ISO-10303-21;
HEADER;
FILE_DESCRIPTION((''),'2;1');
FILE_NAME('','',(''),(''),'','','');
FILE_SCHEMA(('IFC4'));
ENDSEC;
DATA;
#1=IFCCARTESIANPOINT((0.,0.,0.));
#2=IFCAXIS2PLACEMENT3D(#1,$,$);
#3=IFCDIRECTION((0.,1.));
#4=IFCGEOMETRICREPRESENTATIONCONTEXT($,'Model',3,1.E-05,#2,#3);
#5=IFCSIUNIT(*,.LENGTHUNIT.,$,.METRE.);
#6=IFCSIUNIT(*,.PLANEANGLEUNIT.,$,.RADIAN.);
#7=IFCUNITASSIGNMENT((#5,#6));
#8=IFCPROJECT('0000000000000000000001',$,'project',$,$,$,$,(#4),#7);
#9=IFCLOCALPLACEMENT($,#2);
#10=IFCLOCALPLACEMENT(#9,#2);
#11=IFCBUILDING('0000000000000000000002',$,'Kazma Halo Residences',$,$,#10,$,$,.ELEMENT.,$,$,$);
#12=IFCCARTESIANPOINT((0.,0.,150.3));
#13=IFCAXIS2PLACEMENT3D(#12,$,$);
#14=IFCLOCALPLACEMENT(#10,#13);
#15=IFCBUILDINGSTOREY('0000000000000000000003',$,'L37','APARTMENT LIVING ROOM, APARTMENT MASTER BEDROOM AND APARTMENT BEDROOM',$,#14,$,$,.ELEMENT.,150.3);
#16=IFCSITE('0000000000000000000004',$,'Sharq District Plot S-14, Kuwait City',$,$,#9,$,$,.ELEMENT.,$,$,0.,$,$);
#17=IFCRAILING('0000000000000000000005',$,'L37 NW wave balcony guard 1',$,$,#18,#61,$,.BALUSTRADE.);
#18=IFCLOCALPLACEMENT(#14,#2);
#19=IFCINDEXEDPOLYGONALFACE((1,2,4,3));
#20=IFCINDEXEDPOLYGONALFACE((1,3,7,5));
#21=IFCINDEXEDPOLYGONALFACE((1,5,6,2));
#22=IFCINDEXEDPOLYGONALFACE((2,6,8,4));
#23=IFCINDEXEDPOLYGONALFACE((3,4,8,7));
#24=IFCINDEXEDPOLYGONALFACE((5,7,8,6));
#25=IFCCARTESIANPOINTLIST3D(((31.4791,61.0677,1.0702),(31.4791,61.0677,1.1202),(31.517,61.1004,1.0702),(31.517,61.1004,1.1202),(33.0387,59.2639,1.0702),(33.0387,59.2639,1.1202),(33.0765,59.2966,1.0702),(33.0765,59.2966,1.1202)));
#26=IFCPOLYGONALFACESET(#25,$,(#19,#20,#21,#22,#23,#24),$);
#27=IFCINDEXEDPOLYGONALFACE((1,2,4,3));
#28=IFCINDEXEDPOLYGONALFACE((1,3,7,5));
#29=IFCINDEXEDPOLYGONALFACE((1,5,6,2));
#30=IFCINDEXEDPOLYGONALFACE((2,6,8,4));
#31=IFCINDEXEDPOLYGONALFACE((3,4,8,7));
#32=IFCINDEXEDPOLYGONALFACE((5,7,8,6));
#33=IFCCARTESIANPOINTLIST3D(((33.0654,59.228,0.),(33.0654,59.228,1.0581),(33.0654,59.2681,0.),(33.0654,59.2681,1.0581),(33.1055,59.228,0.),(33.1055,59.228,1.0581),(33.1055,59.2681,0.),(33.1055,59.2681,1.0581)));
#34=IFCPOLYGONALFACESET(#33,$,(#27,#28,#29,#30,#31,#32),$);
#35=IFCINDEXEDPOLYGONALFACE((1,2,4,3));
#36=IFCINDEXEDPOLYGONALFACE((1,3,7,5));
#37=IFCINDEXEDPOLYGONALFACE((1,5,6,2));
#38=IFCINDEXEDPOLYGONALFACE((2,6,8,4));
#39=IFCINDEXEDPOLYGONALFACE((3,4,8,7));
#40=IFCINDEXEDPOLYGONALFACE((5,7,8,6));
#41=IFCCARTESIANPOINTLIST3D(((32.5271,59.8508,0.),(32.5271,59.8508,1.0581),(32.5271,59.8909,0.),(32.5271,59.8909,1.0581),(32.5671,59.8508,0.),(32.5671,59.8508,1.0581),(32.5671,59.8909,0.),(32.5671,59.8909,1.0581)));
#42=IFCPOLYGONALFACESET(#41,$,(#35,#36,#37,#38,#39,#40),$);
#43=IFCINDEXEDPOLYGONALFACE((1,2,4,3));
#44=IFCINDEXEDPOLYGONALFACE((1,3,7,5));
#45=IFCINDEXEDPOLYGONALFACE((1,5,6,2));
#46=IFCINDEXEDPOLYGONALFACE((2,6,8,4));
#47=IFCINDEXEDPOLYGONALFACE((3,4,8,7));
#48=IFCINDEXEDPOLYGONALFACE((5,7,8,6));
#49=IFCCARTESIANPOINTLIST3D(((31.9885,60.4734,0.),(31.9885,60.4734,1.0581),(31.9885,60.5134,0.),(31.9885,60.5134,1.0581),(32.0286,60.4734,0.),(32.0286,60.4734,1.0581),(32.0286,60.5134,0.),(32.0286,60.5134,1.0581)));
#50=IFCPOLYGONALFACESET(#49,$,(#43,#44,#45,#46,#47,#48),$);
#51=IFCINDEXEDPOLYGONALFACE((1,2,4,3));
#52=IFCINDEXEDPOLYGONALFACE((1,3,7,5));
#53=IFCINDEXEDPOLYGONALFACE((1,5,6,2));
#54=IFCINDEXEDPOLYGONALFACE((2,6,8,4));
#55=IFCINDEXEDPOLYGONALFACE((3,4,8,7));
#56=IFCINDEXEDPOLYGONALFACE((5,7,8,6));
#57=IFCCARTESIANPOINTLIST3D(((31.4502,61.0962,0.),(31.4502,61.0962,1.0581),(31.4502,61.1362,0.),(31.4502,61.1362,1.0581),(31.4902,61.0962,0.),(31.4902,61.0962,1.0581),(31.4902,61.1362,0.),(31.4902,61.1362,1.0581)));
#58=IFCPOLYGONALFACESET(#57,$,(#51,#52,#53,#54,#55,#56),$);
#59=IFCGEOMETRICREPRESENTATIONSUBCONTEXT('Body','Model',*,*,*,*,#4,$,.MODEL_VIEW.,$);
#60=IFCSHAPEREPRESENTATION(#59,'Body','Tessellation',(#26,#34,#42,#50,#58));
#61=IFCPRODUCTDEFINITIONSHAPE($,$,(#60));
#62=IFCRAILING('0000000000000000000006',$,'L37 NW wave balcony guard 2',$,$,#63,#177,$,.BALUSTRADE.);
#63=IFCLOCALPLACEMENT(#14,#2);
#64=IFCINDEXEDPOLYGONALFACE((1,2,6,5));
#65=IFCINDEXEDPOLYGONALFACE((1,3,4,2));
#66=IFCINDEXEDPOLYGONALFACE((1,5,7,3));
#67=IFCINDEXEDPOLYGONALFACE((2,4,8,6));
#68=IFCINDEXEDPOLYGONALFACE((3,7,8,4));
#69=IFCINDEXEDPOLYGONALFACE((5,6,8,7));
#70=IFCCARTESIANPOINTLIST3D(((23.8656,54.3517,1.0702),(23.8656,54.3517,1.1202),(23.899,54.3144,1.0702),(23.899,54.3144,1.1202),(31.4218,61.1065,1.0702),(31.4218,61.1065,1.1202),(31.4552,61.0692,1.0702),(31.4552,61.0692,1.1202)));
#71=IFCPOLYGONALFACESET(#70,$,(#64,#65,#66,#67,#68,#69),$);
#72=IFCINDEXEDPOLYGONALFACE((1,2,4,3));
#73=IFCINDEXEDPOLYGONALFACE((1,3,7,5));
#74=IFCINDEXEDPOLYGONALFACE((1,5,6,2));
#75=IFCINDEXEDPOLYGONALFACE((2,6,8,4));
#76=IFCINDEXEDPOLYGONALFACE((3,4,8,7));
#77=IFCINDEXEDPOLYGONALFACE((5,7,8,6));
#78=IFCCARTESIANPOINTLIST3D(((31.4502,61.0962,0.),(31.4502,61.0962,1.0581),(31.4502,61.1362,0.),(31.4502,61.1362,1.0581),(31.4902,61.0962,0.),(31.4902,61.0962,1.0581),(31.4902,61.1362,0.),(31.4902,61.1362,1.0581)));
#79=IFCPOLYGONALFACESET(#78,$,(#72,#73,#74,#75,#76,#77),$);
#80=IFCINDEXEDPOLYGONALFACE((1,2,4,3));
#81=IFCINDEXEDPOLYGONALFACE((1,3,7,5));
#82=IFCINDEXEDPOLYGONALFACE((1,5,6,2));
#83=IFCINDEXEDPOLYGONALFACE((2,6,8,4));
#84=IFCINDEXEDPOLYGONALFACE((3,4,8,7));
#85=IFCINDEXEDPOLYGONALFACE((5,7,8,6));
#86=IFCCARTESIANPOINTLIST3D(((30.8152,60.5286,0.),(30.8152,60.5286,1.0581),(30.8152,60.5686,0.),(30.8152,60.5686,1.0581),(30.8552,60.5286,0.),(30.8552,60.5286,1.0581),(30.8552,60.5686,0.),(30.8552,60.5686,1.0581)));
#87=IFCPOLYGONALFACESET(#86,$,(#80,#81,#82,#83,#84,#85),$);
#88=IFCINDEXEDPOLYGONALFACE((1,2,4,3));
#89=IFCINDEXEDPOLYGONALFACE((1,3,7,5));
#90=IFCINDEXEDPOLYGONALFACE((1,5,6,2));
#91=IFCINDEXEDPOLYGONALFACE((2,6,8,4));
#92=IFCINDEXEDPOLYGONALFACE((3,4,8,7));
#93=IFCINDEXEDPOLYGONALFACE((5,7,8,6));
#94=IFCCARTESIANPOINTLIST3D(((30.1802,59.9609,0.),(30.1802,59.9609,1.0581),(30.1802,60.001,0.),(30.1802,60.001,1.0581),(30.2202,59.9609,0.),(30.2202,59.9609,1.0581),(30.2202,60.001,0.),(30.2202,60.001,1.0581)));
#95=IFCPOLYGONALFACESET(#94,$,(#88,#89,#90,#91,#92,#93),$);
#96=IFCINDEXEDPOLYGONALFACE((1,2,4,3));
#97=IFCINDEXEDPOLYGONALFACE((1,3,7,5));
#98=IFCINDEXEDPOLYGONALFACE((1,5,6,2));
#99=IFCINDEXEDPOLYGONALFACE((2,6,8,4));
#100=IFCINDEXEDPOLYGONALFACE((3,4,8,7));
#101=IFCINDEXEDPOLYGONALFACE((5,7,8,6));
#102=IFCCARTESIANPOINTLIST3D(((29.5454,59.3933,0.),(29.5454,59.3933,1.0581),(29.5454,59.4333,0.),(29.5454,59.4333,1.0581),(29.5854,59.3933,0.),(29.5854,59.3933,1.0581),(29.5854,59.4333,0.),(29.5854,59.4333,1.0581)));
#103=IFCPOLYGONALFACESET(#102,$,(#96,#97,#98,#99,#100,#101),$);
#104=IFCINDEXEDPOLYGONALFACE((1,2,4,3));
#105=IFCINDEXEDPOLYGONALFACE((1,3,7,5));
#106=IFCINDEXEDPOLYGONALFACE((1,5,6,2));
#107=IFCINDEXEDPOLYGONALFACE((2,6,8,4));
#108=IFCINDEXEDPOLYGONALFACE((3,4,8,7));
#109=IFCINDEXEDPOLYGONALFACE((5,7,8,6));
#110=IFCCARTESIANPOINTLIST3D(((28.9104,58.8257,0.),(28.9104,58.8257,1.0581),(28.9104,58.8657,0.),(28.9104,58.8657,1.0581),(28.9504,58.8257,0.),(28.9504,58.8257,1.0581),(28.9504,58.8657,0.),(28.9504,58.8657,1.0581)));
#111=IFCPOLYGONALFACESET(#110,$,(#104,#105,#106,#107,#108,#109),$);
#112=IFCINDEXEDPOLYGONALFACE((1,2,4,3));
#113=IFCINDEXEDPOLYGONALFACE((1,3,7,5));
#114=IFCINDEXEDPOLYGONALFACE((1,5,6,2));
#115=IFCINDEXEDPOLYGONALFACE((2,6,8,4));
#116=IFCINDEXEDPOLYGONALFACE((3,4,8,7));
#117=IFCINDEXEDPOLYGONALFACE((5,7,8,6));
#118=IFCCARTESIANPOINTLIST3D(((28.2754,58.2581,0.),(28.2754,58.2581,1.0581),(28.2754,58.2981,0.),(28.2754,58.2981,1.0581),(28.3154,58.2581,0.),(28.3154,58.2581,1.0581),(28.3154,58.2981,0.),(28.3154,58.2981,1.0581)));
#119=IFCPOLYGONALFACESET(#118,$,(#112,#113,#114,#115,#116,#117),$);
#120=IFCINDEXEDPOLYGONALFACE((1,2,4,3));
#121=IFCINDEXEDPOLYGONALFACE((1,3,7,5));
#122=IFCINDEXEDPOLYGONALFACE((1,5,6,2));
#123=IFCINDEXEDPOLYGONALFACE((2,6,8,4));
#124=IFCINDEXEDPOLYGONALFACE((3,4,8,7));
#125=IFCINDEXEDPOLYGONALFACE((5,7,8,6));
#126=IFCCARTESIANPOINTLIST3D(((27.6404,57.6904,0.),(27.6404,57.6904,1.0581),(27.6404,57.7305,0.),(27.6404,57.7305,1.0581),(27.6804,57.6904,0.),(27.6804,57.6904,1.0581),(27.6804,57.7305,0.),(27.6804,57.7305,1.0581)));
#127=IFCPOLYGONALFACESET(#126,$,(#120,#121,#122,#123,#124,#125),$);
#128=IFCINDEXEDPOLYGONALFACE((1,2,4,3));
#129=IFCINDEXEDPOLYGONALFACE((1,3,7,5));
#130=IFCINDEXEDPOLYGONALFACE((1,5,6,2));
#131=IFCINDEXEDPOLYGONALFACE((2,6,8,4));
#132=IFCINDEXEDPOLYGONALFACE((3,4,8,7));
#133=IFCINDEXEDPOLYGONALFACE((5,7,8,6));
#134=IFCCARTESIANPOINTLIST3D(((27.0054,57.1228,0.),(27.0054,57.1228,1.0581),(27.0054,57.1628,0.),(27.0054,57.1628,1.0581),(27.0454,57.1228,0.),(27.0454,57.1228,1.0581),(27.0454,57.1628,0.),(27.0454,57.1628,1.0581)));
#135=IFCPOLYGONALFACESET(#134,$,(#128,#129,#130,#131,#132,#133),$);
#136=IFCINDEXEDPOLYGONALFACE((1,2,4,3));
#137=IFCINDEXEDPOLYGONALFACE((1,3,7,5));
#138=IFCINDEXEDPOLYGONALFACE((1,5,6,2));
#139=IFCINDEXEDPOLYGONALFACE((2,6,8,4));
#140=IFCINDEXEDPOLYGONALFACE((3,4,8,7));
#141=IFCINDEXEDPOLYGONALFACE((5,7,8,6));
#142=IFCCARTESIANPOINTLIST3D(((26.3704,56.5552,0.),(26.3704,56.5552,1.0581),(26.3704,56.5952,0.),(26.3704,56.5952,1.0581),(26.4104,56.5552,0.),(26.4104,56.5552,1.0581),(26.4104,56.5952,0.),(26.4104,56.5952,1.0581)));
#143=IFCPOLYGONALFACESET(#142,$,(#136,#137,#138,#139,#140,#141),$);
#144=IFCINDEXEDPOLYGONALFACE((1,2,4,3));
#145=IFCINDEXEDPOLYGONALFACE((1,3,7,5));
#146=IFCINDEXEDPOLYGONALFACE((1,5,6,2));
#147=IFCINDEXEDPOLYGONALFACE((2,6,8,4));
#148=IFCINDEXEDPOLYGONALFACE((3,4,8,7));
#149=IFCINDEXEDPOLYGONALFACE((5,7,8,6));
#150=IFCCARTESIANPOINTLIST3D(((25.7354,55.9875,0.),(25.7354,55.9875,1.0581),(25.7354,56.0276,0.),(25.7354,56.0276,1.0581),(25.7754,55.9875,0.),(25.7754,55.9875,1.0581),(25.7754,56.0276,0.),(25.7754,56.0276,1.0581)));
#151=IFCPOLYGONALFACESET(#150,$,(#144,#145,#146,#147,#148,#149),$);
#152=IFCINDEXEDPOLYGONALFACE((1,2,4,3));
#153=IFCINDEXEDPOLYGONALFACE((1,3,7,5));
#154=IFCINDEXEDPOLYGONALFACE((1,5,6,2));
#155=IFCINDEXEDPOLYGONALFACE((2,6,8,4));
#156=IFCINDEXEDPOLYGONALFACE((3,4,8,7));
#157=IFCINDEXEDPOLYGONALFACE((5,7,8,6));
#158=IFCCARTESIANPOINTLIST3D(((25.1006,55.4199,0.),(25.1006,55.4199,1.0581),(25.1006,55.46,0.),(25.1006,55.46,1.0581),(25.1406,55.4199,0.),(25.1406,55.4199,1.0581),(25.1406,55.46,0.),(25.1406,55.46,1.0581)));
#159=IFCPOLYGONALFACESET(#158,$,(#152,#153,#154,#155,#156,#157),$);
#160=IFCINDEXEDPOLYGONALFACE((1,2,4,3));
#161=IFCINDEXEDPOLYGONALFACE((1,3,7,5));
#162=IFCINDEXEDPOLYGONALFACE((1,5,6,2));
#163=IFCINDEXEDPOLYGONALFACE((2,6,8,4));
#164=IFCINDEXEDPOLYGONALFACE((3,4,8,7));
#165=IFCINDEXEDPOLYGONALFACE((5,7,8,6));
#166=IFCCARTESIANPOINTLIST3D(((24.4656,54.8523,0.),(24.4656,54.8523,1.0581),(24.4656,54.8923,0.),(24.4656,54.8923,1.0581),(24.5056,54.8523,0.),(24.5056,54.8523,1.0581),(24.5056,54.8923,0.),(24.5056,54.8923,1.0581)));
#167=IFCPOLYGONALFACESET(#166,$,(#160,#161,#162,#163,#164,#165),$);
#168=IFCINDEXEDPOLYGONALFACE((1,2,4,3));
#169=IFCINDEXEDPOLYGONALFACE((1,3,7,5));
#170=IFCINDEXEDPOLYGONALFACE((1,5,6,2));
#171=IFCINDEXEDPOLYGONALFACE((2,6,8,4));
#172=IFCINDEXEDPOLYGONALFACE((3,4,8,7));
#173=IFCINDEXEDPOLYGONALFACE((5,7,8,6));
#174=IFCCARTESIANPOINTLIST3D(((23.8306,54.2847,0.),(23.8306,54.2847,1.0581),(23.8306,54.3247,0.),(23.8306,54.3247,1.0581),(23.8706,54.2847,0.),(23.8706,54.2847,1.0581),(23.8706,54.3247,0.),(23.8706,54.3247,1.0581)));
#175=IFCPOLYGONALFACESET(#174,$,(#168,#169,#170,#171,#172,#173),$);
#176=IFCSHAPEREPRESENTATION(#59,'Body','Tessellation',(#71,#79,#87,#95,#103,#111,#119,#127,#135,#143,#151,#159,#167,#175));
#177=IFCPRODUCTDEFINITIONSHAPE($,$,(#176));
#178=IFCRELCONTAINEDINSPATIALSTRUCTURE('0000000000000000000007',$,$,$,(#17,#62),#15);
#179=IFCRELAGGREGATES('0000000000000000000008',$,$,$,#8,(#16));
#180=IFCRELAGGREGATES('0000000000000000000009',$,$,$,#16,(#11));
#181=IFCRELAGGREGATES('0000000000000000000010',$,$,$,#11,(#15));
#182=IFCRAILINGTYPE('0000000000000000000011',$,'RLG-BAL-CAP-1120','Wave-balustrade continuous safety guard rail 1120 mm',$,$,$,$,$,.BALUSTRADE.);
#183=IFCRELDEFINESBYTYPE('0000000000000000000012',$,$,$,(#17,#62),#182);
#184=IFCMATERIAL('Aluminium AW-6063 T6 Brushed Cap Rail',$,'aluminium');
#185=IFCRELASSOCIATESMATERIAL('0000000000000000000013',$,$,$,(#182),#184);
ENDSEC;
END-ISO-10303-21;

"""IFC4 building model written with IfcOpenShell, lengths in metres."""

from ifc_helpers import new_model, si_unit, direction, frame, origin, origin_2d, place, context, subcontext, project, spatial, rectangle, extrude, material, type_object, element, save


model = new_model("IFC4")

# Units and contexts
model_context = context("Model", 3, precision=1e-05, world=origin(), true_north=direction((0.0, 1.0)))
body_context = subcontext(model_context, "Body", "Model", "MODEL_VIEW")
ifc_project = project(units=[si_unit("LENGTHUNIT", "METRE"), si_unit("PLANEANGLEUNIT", "RADIAN")], contexts=[model_context])

# Site, building, storey
site_placement = place(None, origin())
site = spatial("IfcSite", under=ifc_project, at=site_placement, Name="Sharq District Plot S-14, Kuwait City", CompositionType="ELEMENT", RefElevation=0.0)
building_placement = place(site_placement, origin())
building = spatial("IfcBuilding", under=site, at=building_placement, Name="Kazma Halo Residences", CompositionType="ELEMENT")
storey_placement = place(building_placement, frame((0.0, 0.0, 150.3)))
storey = spatial("IfcBuildingStorey", under=building, at=storey_placement, Name="L37", Description="APARTMENT LIVING ROOM, APARTMENT MASTER BEDROOM AND APARTMENT BEDROOM", CompositionType="ELEMENT", Elevation=150.3)

# Railings
ifc_material_1 = material(Name="Aluminium AW-6063 T6 Brushed Cap Rail", Category="aluminium")
railing_type = type_object("IfcRailingType", Name="RLG-BAL-CAP-1120", Description="Wave-balustrade continuous safety guard rail 1120 mm", PredefinedType="BALUSTRADE", material=ifc_material_1)
railing_1_placement = place(storey_placement, frame((33.0854, 59.248, 0.0)))
element("IfcRailing", 1, at=railing_1_placement, inside=storey, type_object=railing_type, Name="L37 NW wave balcony guard 1", PredefinedType="BALUSTRADE", context=body_context, shape_type="SweptSolid", body=[
    extrude(rectangle(XDim=0.05, YDim=0.05, at=origin_2d()), frame((-0.0278, 0.0322, 1.0952), z_axis=(-0.654042, 0.756458, 0.0), x_axis=(-0.756458, -0.654042, 0.0)), (0.0, 0.0, 1.0), 2.3845),
    extrude(rectangle(XDim=0.04, YDim=0.04, at=origin_2d()), origin(), (0.0, 0.0, 1.0), 1.0581),
    extrude(rectangle(XDim=0.04, YDim=0.04, at=origin_2d()), frame((-0.5383, 0.6228, 0.0)), (0.0, 0.0, 1.0), 1.0581),
    extrude(rectangle(XDim=0.04, YDim=0.04, at=origin_2d()), frame((-1.0769, 1.2454, 0.0)), (0.0, 0.0, 1.0), 1.0581),
    extrude(rectangle(XDim=0.04, YDim=0.04, at=origin_2d()), frame((-1.6152, 1.8682, 0.0)), (0.0, 0.0, 1.0), 1.0581),
])
railing_2_placement = place(storey_placement, frame((31.4702, 61.1162, 0.0)))
element("IfcRailing", 2, at=railing_2_placement, inside=storey, type_object=railing_type, Name="L37 NW wave balcony guard 2", PredefinedType="BALUSTRADE", context=body_context, shape_type="SweptSolid", body=[
    extrude(rectangle(XDim=0.05, YDim=0.05, at=origin_2d()), frame((-0.0317, -0.0283, 1.0952), z_axis=(-0.745535, -0.666467, 0.0), x_axis=(0.666467, -0.745535, 0.0)), (0.0, 0.0, 1.0), 10.1353),
    extrude(rectangle(XDim=0.04, YDim=0.04, at=origin_2d()), origin(), (0.0, 0.0, 1.0), 1.0581),
    extrude(rectangle(XDim=0.04, YDim=0.04, at=origin_2d()), frame((-0.635, -0.5676, 0.0)), (0.0, 0.0, 1.0), 1.0581),
    extrude(rectangle(XDim=0.04, YDim=0.04, at=origin_2d()), frame((-1.27, -1.1353, 0.0)), (0.0, 0.0, 1.0), 1.0581),
    extrude(rectangle(XDim=0.04, YDim=0.04, at=origin_2d()), frame((-1.9048, -1.7029, 0.0)), (0.0, 0.0, 1.0), 1.0581),
    extrude(rectangle(XDim=0.04, YDim=0.04, at=origin_2d()), frame((-2.5398, -2.2705, 0.0)), (0.0, 0.0, 1.0), 1.0581),
    extrude(rectangle(XDim=0.04, YDim=0.04, at=origin_2d()), frame((-3.1748, -2.8381, 0.0)), (0.0, 0.0, 1.0), 1.0581),
    extrude(rectangle(XDim=0.04, YDim=0.04, at=origin_2d()), frame((-3.8098, -3.4058, 0.0)), (0.0, 0.0, 1.0), 1.0581),
    extrude(rectangle(XDim=0.04, YDim=0.04, at=origin_2d()), frame((-4.4448, -3.9734, 0.0)), (0.0, 0.0, 1.0), 1.0581),
    extrude(rectangle(XDim=0.04, YDim=0.04, at=origin_2d()), frame((-5.0798, -4.541, 0.0)), (0.0, 0.0, 1.0), 1.0581),
    extrude(rectangle(XDim=0.04, YDim=0.04, at=origin_2d()), frame((-5.7148, -5.1086, 0.0)), (0.0, 0.0, 1.0), 1.0581),
    extrude(rectangle(XDim=0.04, YDim=0.04, at=origin_2d()), frame((-6.3496, -5.6763, 0.0)), (0.0, 0.0, 1.0), 1.0581),
    extrude(rectangle(XDim=0.04, YDim=0.04, at=origin_2d()), frame((-6.9846, -6.2439, 0.0)), (0.0, 0.0, 1.0), 1.0581),
    extrude(rectangle(XDim=0.04, YDim=0.04, at=origin_2d()), frame((-7.6196, -6.8115, 0.0)), (0.0, 0.0, 1.0), 1.0581),
])

save(model, "model.ifc")
